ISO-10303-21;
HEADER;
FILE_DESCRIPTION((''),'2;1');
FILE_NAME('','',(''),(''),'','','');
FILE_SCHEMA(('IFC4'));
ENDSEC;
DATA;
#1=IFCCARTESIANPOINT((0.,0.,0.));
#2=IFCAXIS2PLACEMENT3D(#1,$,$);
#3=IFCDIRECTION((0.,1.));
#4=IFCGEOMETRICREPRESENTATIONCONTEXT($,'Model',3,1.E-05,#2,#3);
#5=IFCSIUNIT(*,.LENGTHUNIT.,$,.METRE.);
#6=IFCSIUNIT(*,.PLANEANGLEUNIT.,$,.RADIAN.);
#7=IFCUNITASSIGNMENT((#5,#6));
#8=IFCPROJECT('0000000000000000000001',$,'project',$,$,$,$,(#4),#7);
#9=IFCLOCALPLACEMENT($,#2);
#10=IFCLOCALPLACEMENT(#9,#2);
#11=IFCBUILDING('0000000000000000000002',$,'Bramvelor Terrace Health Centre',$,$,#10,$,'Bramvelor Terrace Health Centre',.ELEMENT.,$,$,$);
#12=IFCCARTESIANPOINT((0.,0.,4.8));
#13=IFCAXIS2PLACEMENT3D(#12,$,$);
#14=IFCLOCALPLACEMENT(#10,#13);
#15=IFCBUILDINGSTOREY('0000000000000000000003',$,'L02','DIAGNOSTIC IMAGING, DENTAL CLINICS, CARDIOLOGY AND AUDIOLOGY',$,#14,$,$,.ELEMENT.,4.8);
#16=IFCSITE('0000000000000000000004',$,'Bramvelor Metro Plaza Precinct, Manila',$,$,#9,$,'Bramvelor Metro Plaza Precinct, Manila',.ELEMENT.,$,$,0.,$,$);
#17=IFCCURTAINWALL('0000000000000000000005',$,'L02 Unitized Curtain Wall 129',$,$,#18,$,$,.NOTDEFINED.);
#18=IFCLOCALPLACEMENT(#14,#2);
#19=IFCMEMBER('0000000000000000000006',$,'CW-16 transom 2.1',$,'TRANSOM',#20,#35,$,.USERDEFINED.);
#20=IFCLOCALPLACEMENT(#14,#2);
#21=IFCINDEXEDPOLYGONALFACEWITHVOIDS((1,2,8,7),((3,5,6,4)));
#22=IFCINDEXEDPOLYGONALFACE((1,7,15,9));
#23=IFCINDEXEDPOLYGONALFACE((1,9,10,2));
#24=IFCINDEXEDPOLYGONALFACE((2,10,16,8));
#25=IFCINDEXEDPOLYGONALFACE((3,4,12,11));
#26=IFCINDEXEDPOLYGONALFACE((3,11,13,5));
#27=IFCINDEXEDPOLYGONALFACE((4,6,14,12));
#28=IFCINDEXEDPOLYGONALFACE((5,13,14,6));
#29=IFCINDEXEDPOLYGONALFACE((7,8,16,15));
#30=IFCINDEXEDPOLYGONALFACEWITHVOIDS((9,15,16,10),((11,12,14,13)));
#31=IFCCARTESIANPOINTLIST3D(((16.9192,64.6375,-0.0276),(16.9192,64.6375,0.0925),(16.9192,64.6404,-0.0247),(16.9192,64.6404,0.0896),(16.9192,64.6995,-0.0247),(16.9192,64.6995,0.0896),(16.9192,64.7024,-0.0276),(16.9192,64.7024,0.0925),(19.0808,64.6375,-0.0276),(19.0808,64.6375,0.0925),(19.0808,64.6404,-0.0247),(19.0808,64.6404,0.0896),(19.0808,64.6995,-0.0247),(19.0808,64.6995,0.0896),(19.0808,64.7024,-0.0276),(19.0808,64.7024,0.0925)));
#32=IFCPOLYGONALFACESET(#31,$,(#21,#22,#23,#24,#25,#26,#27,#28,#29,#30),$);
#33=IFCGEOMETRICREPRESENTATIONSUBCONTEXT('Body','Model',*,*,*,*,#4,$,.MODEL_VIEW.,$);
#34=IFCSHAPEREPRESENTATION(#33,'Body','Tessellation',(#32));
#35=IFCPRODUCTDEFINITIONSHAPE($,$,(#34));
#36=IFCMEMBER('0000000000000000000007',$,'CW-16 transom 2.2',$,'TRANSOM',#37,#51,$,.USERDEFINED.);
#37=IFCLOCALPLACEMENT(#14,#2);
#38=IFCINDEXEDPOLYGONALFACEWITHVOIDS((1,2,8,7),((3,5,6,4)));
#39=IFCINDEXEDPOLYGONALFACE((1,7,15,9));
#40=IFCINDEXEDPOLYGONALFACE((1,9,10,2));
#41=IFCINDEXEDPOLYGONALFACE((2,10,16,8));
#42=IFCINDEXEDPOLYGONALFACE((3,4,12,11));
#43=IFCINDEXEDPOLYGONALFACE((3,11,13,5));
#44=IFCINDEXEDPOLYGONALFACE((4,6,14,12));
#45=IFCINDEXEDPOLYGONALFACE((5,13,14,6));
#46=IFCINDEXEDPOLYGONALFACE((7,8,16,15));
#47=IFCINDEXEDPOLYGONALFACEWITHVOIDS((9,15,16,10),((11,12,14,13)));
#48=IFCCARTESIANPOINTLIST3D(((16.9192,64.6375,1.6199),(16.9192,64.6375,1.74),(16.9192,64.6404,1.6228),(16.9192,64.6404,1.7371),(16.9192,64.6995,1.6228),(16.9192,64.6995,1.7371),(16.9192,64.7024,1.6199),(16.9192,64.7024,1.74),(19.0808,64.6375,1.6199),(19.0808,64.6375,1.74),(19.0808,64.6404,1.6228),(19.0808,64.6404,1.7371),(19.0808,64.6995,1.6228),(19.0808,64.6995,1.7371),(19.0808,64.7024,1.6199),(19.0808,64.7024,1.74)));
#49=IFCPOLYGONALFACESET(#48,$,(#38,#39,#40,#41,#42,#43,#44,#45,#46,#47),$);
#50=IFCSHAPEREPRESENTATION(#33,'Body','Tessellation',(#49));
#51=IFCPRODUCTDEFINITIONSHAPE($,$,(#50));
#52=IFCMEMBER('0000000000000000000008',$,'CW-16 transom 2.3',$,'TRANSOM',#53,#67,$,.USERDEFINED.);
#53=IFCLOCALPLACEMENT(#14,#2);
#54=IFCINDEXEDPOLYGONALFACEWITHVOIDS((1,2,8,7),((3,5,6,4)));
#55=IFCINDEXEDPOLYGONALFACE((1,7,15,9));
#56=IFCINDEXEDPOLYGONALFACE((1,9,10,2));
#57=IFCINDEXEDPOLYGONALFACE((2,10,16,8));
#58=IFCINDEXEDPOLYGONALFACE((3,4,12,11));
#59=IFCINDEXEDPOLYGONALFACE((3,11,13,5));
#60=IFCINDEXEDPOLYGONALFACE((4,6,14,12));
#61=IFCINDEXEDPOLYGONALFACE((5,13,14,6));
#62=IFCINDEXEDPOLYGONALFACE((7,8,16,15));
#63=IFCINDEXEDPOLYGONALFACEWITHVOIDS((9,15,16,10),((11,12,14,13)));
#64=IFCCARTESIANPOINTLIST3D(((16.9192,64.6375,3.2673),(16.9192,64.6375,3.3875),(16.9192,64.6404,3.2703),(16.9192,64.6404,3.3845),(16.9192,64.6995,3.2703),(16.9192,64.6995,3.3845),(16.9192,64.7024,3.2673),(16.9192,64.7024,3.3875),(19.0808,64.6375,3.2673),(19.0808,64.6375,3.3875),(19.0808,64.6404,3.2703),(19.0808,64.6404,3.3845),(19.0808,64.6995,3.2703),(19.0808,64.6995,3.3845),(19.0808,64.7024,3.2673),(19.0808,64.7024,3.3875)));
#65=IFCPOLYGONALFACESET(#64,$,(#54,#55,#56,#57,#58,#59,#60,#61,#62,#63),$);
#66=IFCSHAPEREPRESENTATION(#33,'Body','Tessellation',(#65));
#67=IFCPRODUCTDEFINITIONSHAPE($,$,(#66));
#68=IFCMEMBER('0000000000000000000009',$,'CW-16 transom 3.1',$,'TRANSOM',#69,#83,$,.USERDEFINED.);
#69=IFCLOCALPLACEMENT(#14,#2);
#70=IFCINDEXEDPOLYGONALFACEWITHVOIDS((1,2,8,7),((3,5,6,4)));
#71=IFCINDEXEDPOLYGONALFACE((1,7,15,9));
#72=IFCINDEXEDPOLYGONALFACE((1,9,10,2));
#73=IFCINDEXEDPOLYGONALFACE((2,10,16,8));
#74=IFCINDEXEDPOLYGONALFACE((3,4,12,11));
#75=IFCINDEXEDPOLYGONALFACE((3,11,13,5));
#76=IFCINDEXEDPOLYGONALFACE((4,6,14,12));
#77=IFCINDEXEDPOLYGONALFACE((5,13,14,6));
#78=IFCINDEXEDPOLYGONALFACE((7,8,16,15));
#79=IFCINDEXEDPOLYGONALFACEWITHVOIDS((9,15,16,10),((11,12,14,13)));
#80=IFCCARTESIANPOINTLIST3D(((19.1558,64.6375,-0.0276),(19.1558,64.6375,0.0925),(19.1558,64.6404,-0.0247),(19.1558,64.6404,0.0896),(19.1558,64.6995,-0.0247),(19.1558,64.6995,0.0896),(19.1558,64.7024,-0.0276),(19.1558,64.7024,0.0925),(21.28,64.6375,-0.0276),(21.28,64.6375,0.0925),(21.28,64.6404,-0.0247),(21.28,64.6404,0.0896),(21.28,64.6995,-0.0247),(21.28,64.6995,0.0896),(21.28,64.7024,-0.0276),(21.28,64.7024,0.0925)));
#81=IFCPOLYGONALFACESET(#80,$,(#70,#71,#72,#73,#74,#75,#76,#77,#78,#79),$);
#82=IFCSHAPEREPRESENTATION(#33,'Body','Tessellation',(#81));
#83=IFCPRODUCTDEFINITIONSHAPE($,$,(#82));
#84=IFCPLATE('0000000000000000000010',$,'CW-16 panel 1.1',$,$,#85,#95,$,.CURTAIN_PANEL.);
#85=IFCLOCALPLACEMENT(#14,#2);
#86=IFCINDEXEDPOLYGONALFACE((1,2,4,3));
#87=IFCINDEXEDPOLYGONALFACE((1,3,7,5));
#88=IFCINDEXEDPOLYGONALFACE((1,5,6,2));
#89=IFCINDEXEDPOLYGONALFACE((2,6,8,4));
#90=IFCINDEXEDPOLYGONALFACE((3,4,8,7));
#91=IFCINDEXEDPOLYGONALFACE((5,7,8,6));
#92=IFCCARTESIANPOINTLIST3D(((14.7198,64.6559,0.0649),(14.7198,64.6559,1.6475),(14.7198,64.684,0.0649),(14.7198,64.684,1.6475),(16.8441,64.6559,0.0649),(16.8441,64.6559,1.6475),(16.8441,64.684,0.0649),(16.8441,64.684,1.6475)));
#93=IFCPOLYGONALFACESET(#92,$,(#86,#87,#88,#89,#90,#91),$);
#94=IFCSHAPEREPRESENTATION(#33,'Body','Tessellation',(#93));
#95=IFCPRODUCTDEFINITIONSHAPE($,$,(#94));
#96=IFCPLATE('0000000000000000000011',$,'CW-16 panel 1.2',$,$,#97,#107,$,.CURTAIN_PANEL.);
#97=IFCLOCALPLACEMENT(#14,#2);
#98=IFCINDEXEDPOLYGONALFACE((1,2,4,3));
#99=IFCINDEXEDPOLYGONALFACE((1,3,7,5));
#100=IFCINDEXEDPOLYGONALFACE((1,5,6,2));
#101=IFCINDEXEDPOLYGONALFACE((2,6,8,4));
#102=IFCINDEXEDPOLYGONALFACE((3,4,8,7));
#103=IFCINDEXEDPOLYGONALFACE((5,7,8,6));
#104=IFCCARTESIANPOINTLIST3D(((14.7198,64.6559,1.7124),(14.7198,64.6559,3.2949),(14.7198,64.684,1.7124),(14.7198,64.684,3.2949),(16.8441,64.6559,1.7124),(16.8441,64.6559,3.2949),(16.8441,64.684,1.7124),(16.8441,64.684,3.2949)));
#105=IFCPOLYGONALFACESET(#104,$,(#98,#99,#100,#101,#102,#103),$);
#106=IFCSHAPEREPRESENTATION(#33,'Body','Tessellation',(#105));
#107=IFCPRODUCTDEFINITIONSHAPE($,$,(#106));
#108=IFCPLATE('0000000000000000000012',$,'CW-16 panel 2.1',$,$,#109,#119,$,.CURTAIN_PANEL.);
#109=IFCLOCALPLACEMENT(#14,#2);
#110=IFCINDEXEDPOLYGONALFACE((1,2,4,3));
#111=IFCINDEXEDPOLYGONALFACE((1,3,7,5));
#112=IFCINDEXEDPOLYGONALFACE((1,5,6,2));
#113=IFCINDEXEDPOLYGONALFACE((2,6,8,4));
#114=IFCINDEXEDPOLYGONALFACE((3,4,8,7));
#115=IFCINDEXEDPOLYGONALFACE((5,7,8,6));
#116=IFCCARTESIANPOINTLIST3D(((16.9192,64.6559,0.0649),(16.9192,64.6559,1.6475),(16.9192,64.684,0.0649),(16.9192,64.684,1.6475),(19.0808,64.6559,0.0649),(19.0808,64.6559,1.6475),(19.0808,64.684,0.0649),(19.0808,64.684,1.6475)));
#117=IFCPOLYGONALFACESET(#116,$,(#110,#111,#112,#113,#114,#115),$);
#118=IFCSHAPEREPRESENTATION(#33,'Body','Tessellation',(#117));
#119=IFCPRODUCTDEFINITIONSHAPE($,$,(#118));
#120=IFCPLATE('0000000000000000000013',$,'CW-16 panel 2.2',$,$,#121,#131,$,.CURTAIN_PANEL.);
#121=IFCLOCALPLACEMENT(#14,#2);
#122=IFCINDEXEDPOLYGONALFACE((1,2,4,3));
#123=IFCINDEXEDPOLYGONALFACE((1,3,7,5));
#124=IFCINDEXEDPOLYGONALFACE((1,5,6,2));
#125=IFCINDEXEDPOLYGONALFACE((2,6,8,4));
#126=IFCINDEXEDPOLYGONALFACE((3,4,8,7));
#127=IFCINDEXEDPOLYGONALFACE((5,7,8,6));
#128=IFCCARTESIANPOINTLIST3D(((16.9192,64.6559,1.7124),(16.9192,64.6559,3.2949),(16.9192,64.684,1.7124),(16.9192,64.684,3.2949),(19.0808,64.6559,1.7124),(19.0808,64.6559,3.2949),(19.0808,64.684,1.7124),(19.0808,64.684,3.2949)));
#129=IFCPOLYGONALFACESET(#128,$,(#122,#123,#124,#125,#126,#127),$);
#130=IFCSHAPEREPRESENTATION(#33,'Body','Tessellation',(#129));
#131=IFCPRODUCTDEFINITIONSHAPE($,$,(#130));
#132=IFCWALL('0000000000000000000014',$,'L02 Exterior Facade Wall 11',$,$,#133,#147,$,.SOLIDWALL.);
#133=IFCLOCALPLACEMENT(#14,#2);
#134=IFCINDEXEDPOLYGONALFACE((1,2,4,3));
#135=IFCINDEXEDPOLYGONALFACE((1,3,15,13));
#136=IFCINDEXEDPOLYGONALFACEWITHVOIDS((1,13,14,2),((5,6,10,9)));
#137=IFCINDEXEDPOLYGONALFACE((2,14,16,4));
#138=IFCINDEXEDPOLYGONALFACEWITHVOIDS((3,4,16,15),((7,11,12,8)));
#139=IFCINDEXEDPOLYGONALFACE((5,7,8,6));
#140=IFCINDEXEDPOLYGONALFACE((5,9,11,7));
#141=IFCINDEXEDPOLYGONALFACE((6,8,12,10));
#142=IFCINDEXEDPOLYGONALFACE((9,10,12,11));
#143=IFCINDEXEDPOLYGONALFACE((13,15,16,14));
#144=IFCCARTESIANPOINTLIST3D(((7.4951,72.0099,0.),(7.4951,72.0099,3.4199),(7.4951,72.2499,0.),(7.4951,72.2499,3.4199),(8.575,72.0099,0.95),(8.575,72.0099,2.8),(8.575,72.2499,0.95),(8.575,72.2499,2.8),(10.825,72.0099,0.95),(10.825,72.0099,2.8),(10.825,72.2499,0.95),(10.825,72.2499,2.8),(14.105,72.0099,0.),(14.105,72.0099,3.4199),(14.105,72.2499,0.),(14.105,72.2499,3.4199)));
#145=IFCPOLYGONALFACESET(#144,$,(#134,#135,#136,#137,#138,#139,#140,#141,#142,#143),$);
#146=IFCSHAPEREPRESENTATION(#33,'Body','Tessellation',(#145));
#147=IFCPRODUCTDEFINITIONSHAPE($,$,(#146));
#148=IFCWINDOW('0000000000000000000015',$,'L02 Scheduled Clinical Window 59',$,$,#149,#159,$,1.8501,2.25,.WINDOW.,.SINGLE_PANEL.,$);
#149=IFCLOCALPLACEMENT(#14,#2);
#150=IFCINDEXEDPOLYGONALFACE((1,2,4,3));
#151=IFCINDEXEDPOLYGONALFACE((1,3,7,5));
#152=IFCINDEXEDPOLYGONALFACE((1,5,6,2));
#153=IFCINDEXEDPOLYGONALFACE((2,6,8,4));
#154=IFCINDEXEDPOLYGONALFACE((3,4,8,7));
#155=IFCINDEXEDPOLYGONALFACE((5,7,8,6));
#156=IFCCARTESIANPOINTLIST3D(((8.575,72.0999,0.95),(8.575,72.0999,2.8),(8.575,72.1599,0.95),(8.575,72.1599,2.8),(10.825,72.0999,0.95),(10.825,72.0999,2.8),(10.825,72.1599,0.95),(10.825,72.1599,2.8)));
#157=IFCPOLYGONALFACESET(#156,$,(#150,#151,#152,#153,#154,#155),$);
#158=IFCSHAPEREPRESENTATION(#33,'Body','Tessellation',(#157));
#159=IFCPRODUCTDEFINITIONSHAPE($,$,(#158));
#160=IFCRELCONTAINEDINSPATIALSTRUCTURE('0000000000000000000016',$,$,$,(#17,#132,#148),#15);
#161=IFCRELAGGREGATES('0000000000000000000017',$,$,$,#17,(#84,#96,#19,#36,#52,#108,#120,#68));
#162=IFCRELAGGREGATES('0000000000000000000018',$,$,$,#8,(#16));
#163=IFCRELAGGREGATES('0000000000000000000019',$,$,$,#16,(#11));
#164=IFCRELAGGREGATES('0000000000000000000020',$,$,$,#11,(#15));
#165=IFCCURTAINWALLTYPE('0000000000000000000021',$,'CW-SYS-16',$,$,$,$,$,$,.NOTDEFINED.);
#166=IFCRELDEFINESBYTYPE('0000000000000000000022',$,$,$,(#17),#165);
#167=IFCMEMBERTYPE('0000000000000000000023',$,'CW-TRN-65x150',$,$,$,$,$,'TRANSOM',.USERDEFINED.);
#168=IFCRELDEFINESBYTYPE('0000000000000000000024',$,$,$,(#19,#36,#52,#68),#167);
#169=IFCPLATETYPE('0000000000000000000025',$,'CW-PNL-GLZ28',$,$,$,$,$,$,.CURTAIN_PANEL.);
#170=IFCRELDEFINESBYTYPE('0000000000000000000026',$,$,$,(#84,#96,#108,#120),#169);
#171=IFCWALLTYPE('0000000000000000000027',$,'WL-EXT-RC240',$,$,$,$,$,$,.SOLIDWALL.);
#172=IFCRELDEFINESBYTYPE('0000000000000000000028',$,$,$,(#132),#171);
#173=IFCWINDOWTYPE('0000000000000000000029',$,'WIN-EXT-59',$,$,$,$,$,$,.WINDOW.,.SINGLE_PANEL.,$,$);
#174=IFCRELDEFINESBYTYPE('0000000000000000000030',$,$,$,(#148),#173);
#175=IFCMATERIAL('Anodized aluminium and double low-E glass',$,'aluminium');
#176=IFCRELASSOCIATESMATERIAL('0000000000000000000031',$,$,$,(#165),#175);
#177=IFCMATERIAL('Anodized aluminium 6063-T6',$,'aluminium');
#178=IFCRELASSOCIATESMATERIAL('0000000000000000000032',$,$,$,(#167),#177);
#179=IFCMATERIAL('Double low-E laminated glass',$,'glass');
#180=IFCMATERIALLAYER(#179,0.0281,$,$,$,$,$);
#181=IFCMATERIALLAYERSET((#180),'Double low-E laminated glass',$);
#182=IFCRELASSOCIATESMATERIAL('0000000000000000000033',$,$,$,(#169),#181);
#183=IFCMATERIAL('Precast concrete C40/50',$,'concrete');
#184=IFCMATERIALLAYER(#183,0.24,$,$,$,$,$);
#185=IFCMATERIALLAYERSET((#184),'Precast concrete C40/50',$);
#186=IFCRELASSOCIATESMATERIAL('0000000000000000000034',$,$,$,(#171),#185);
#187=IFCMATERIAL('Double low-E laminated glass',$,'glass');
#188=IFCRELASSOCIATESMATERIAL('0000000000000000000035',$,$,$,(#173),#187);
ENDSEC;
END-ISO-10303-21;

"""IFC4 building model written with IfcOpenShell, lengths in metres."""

from ifc_helpers import new_model, si_unit, direction, frame, frame_2d, origin, origin_2d, place, context, subcontext, project, spatial, rectangle, hollow_rectangle, extrude, material, layer, layer_set, material_profile, profile_set, type_object, element, fill, aggregate, save


model = new_model("IFC4")

# Units and contexts
model_context = context("Model", 3, precision=1e-05, world=origin(), true_north=direction((0.0, 1.0)))
body_context = subcontext(model_context, "Body", "Model", "MODEL_VIEW")
ifc_project = project(units=[si_unit("LENGTHUNIT", "METRE"), si_unit("PLANEANGLEUNIT", "RADIAN")], contexts=[model_context])

# Site, building, storey
site_placement = place(None, origin())
site = spatial("IfcSite", under=ifc_project, at=site_placement, Name="Bramvelor Metro Plaza Precinct, Manila", LongName="Bramvelor Metro Plaza Precinct, Manila", CompositionType="ELEMENT", RefElevation=0.0)
building_placement = place(site_placement, origin())
building = spatial("IfcBuilding", under=site, at=building_placement, Name="Bramvelor Terrace Health Centre", LongName="Bramvelor Terrace Health Centre", CompositionType="ELEMENT")
storey_placement = place(building_placement, frame((0.0, 0.0, 4.8)))
storey = spatial("IfcBuildingStorey", under=building, at=storey_placement, Name="L02", Description="DIAGNOSTIC IMAGING, DENTAL CLINICS, CARDIOLOGY AND AUDIOLOGY", CompositionType="ELEMENT", Elevation=4.8)

# Curtain wall, members, plates
ifc_material_1 = material(Name="Anodized aluminium and double low-E glass", Category="aluminium")
curtain_wall_type = type_object("IfcCurtainWallType", Name="CW-SYS-16", PredefinedType="NOTDEFINED", material=ifc_material_1)
curtain_wall_placement = place(storey_placement, origin())
curtain_wall = element("IfcCurtainWall", 1, at=curtain_wall_placement, inside=storey, type_object=curtain_wall_type, Name="L02 Unitized Curtain Wall 129", PredefinedType="NOTDEFINED")
ifc_material_2 = material(Name="Anodized aluminium 6063-T6", Category="aluminium")
ifc_material_profile_1 = material_profile(ifc_material_2, hollow_rectangle(XDim=0.0649, YDim=0.1201, WallThickness=0.0029, at=origin_2d()), Name="ALU-TRN 65x120x3.0")
ifc_profile_set_1 = profile_set([ifc_material_profile_1], Name="Anodized aluminium 6063-T6")
member_type_1 = type_object("IfcMemberType", Name="CW-TRN-65x150", ElementType="TRANSOM", PredefinedType="USERDEFINED", material=ifc_profile_set_1)
member_1_placement = place(storey_placement, frame((16.9192, 64.6699, 0.0325), z_axis=(1.0, 0.0, 0.0), x_axis=(0.0, 1.0, 0.0)))
member_1 = element("IfcMember", 2, at=member_1_placement, type_object=member_type_1, Name="CW-16 transom 2.1", ObjectType="TRANSOM", PredefinedType="USERDEFINED", context=body_context, shape_type="SweptSolid", body=[
    extrude(hollow_rectangle(XDim=0.0649, YDim=0.1201, WallThickness=0.0029, at=origin_2d()), origin(), (0.0, 0.0, 1.0), 2.1616),
])
member_2_placement = place(storey_placement, frame((16.9192, 64.6699, 1.6799), z_axis=(1.0, 0.0, 0.0), x_axis=(0.0, 1.0, 0.0)))
member_2 = element("IfcMember", 3, at=member_2_placement, type_object=member_type_1, Name="CW-16 transom 2.2", ObjectType="TRANSOM", PredefinedType="USERDEFINED", context=body_context, shape_type="SweptSolid", body=[
    extrude(hollow_rectangle(XDim=0.0649, YDim=0.1201, WallThickness=0.0029, at=origin_2d()), origin(), (0.0, 0.0, 1.0), 2.1616),
])
member_3_placement = place(storey_placement, frame((16.9192, 64.6699, 3.3274), z_axis=(1.0, 0.0, 0.0), x_axis=(0.0, 1.0, 0.0)))
member_3 = element("IfcMember", 4, at=member_3_placement, type_object=member_type_1, Name="CW-16 transom 2.3", ObjectType="TRANSOM", PredefinedType="USERDEFINED", context=body_context, shape_type="SweptSolid", body=[
    extrude(hollow_rectangle(XDim=0.0649, YDim=0.1201, WallThickness=0.0029, at=origin_2d()), origin(), (0.0, 0.0, 1.0), 2.1616),
])
member_4_placement = place(storey_placement, frame((19.1558, 64.6699, 0.0325), z_axis=(1.0, 0.0, 0.0), x_axis=(0.0, 1.0, 0.0)))
member_4 = element("IfcMember", 5, at=member_4_placement, type_object=member_type_1, Name="CW-16 transom 3.1", ObjectType="TRANSOM", PredefinedType="USERDEFINED", context=body_context, shape_type="SweptSolid", body=[
    extrude(hollow_rectangle(XDim=0.0649, YDim=0.1201, WallThickness=0.0029, at=origin_2d()), origin(), (0.0, 0.0, 1.0), 2.1243),
])
ifc_material_3 = material(Name="Double low-E laminated glass", Category="glass")
ifc_layer_1 = layer(ifc_material_3, 0.0281)
ifc_layer_set_1 = layer_set([ifc_layer_1], Name="Double low-E laminated glass")
plate_type = type_object("IfcPlateType", Name="CW-PNL-GLZ28", PredefinedType="CURTAIN_PANEL", material=ifc_layer_set_1)
plate_1_placement = place(storey_placement, frame((15.782, 64.6699, 0.0649), z_axis=(0.0, 0.0, 1.0), x_axis=(1.0, 0.0, 0.0)))
plate_1 = element("IfcPlate", 6, at=plate_1_placement, type_object=plate_type, Name="CW-16 panel 1.1", PredefinedType="CURTAIN_PANEL", context=body_context, shape_type="SweptSolid", body=[
    extrude(rectangle(XDim=2.1243, YDim=0.0281, at=origin_2d()), origin(), (0.0, 0.0, 1.0), 1.5825),
])
plate_2_placement = place(storey_placement, frame((15.782, 64.6699, 1.7124), z_axis=(0.0, 0.0, 1.0), x_axis=(1.0, 0.0, 0.0)))
plate_2 = element("IfcPlate", 7, at=plate_2_placement, type_object=plate_type, Name="CW-16 panel 1.2", PredefinedType="CURTAIN_PANEL", context=body_context, shape_type="SweptSolid", body=[
    extrude(rectangle(XDim=2.1243, YDim=0.0281, at=origin_2d()), origin(), (0.0, 0.0, 1.0), 1.5825),
])
plate_3_placement = place(storey_placement, frame((18.0, 64.6699, 0.0649), z_axis=(0.0, 0.0, 1.0), x_axis=(1.0, 0.0, 0.0)))
plate_3 = element("IfcPlate", 8, at=plate_3_placement, type_object=plate_type, Name="CW-16 panel 2.1", PredefinedType="CURTAIN_PANEL", context=body_context, shape_type="SweptSolid", body=[
    extrude(rectangle(XDim=2.1616, YDim=0.0281, at=origin_2d()), origin(), (0.0, 0.0, 1.0), 1.5825),
])
plate_4_placement = place(storey_placement, frame((18.0, 64.6699, 1.7124), z_axis=(0.0, 0.0, 1.0), x_axis=(1.0, 0.0, 0.0)))
plate_4 = element("IfcPlate", 9, at=plate_4_placement, type_object=plate_type, Name="CW-16 panel 2.2", PredefinedType="CURTAIN_PANEL", context=body_context, shape_type="SweptSolid", body=[
    extrude(rectangle(XDim=2.1616, YDim=0.0281, at=origin_2d()), origin(), (0.0, 0.0, 1.0), 1.5825),
])
aggregate(curtain_wall, [plate_1, plate_2, member_1, member_2, member_3, plate_3, plate_4, member_4])

# Wall, opening, window
ifc_material_4 = material(Name="Precast concrete C40/50", Category="concrete")
ifc_layer_2 = layer(ifc_material_4, 0.24)
ifc_layer_set_2 = layer_set([ifc_layer_2], Name="Precast concrete C40/50")
wall_type = type_object("IfcWallType", Name="WL-EXT-RC240", PredefinedType="SOLIDWALL", material=ifc_layer_set_2)
wall_placement = place(storey_placement, frame((14.105, 72.1299, 0.0), z_axis=(0.0, 0.0, 1.0), x_axis=(-1.0, 0.0, 0.0)))
wall = element("IfcWall", 10, at=wall_placement, inside=storey, type_object=wall_type, Name="L02 Exterior Facade Wall 11", PredefinedType="SOLIDWALL", context=body_context, shape_type="SweptSolid", body=[
    extrude(rectangle(XDim=6.6099, YDim=0.24, at=frame_2d((3.3049, 0.0))), origin(), (0.0, 0.0, 1.0), 3.4199),
])
opening_placement = place(wall_placement, frame((3.28, 0.0, 0.95)))
opening = element("IfcOpeningElement", 11, at=opening_placement, cuts=wall, PredefinedType="OPENING", context=body_context, shape_type="SweptSolid", body=[
    extrude(rectangle(XDim=2.25, YDim=1.8501, at=frame_2d((1.125, 0.925))), frame((0.0, 0.1299, 0.0), z_axis=(0.0, -1.0, 0.0), x_axis=(1.0, 0.0, 0.0)), (0.0, 0.0, 1.0), 0.26),
])
ifc_material_5 = material(Name="Double low-E laminated glass", Category="glass")
window_type = type_object("IfcWindowType", Name="WIN-EXT-59", PartitioningType="SINGLE_PANEL", PredefinedType="WINDOW", material=ifc_material_5)
window_placement = place(opening_placement, origin())
window = element("IfcWindow", 12, at=window_placement, inside=storey, type_object=window_type, Name="L02 Scheduled Clinical Window 59", OverallHeight=1.8501, OverallWidth=2.25, PartitioningType="SINGLE_PANEL", PredefinedType="WINDOW", context=body_context, shape_type="SweptSolid", body=[
    extrude(rectangle(XDim=2.25, YDim=1.8501, at=frame_2d((1.125, 0.925))), frame((0.0, 0.03, 0.0), z_axis=(0.0, -1.0, 0.0), x_axis=(1.0, 0.0, 0.0)), (0.0, 0.0, 1.0), 0.0601),
])
fill(opening, window)

save(model, "model.ifc")
